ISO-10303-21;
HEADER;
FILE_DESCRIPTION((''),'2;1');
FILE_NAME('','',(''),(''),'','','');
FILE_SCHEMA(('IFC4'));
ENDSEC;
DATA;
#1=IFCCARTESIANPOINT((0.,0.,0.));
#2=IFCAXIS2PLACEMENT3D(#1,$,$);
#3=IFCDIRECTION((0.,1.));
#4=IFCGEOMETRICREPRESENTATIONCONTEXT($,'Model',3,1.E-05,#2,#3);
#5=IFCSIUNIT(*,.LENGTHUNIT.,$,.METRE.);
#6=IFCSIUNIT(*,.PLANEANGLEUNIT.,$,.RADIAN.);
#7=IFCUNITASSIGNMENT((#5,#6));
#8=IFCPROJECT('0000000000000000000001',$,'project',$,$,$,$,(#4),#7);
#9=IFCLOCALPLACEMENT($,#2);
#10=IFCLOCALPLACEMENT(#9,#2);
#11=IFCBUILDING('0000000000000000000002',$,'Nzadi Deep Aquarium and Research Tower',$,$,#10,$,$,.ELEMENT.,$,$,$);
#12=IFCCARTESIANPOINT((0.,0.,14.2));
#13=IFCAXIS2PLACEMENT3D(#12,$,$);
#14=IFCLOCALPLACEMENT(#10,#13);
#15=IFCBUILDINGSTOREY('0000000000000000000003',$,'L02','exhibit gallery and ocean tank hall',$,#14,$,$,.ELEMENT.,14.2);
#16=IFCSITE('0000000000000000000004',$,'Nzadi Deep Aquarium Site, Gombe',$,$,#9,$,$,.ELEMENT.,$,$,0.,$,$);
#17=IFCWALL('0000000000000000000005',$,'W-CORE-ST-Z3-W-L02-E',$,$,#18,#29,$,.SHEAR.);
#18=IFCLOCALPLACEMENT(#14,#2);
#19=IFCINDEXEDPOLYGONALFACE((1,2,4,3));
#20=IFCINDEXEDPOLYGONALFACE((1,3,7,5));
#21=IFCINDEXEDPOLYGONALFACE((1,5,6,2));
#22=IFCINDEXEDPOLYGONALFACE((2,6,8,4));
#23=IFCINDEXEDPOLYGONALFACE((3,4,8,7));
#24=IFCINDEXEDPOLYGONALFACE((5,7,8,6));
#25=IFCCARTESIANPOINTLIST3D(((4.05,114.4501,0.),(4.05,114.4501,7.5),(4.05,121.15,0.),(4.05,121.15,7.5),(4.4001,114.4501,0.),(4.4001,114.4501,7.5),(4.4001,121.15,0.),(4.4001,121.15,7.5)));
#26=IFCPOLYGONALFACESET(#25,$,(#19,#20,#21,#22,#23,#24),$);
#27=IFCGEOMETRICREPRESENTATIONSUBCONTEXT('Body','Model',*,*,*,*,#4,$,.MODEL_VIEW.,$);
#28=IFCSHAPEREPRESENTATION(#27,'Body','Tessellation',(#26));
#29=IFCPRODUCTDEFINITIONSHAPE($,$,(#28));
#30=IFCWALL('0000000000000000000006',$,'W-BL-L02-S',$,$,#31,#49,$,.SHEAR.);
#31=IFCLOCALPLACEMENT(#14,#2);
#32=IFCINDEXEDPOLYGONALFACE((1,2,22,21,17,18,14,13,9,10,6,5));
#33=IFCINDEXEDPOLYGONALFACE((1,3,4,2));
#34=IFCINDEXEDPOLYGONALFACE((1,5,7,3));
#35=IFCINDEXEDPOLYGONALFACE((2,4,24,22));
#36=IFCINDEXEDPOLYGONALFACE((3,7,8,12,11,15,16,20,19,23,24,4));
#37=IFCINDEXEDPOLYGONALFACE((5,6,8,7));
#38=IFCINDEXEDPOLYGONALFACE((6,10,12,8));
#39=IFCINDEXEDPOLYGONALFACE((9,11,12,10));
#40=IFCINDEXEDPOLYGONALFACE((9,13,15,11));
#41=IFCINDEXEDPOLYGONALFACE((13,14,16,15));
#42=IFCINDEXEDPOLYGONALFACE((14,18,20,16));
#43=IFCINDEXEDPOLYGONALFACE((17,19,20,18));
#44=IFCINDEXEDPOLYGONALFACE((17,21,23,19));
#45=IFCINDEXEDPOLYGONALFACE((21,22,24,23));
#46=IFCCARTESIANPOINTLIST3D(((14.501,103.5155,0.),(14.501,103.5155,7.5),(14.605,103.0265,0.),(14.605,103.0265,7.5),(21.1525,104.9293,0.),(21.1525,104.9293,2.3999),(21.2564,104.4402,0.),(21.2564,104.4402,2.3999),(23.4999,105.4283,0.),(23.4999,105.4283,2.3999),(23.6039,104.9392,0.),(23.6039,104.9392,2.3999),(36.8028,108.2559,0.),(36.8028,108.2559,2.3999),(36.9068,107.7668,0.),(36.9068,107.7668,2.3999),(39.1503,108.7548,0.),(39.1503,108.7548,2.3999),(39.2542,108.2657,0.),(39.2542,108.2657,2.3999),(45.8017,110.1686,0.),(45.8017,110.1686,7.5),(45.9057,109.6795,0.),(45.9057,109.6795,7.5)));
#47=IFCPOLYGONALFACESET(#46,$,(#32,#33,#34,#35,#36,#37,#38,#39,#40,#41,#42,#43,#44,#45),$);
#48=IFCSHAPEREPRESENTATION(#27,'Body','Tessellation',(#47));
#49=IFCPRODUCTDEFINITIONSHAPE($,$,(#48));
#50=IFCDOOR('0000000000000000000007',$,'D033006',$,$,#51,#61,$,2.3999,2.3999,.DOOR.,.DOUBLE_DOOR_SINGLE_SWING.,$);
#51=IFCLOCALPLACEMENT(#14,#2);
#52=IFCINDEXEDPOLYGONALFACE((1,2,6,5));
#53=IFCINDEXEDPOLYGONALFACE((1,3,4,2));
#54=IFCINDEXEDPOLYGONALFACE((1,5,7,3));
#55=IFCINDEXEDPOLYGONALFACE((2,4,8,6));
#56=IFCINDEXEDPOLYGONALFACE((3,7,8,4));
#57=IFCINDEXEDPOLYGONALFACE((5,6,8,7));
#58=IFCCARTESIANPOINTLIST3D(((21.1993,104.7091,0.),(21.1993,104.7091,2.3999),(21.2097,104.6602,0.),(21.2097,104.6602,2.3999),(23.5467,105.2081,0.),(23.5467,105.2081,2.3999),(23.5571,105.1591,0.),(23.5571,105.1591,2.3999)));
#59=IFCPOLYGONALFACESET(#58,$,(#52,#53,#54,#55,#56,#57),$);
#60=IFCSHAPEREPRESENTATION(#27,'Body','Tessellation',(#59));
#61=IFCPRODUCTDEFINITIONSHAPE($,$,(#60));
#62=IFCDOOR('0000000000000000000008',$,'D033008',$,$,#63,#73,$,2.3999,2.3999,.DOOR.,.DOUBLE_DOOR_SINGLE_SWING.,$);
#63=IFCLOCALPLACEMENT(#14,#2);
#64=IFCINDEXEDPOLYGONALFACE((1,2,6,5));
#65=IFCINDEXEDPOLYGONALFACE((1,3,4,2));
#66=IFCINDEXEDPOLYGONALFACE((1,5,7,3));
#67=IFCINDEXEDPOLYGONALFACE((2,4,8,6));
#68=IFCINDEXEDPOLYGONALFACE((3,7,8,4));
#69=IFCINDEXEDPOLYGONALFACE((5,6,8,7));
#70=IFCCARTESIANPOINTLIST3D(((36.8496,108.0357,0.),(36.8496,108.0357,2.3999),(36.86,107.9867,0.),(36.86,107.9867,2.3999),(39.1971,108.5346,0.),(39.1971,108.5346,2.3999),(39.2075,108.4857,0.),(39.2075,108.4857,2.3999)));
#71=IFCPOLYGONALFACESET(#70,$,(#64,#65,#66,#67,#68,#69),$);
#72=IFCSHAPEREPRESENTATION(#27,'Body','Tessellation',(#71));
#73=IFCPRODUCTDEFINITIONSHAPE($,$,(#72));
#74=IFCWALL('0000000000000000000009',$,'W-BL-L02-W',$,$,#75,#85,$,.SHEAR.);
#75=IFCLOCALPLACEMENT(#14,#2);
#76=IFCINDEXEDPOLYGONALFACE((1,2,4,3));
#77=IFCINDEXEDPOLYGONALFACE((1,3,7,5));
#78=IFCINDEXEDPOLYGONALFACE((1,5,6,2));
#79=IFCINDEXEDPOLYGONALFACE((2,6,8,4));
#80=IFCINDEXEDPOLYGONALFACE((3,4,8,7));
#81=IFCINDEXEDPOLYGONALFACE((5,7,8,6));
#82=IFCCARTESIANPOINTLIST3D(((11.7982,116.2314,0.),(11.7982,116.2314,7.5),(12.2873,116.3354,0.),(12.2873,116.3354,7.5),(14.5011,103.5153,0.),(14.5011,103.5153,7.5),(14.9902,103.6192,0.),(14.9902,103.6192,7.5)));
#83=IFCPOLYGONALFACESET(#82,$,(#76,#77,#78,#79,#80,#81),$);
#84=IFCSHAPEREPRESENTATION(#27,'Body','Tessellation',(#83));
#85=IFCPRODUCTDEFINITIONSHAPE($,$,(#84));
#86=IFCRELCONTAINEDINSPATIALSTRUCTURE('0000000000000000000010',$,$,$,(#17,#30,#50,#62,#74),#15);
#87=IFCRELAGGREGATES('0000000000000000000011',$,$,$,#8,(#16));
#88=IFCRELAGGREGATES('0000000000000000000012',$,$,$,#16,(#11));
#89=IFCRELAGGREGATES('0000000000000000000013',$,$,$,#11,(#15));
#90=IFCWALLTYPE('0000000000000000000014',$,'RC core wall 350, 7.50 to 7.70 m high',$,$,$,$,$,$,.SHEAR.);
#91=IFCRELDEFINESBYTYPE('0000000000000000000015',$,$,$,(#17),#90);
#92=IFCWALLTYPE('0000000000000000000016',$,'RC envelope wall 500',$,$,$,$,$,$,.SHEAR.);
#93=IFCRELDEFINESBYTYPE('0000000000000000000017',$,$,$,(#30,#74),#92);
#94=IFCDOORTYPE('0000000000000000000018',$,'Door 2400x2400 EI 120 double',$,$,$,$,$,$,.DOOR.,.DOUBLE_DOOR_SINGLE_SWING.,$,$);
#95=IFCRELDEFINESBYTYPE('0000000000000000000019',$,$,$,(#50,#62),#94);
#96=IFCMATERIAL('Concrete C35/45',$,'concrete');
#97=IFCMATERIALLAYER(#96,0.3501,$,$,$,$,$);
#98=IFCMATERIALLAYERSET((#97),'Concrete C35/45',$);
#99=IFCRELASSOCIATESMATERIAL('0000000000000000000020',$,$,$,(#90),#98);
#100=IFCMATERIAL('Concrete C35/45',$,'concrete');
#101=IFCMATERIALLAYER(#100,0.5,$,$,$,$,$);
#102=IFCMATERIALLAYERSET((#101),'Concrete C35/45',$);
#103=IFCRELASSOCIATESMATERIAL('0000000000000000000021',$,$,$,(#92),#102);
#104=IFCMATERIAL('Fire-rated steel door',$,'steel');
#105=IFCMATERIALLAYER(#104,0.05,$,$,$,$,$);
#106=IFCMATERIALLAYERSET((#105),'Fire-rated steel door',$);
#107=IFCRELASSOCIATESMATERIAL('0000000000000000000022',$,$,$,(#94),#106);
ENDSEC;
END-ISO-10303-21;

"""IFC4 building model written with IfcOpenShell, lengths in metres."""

from ifc_helpers import new_model, si_unit, direction, frame, frame_2d, origin, place, context, subcontext, project, spatial, rectangle, extrude, material, layer, layer_set, type_object, element, fill, save


model = new_model("IFC4")

# Units and contexts
model_context = context("Model", 3, precision=1e-05, world=origin(), true_north=direction((0.0, 1.0)))
body_context = subcontext(model_context, "Body", "Model", "MODEL_VIEW")
ifc_project = project(units=[si_unit("LENGTHUNIT", "METRE"), si_unit("PLANEANGLEUNIT", "RADIAN")], contexts=[model_context])

# Site, building, storey
site_placement = place(None, origin())
site = spatial("IfcSite", under=ifc_project, at=site_placement, Name="Nzadi Deep Aquarium Site, Gombe", CompositionType="ELEMENT", RefElevation=0.0)
building_placement = place(site_placement, origin())
building = spatial("IfcBuilding", under=site, at=building_placement, Name="Nzadi Deep Aquarium and Research Tower", CompositionType="ELEMENT")
storey_placement = place(building_placement, frame((0.0, 0.0, 14.2)))
storey = spatial("IfcBuildingStorey", under=building, at=storey_placement, Name="L02", Description="exhibit gallery and ocean tank hall", CompositionType="ELEMENT", Elevation=14.2)

# Shared definitions
ifc_material_1 = material(Name="Concrete C35/45", Category="concrete")
ifc_layer_1 = layer(ifc_material_1, 0.3501)
ifc_layer_set_1 = layer_set([ifc_layer_1], Name="Concrete C35/45")
wall_type_1 = type_object("IfcWallType", Name="RC core wall 350, 7.50 to 7.70 m high", PredefinedType="SHEAR", material=ifc_layer_set_1)

# Wall
for number, where, z_axis, x_axis, name in (
    (1, (4.2251, 114.45, 0.0), (0.0, 0.0, 1.0), (0.0, 1.0, 0.0), "W-CORE-ST-Z3-W-L02-E"),
):
    element("IfcWall", number, at=place(storey_placement, frame(where, z_axis=z_axis, x_axis=x_axis)), inside=storey, type_object=wall_type_1, Name=name, PredefinedType="SHEAR", context=body_context, shape_type="SweptSolid", body=[
        extrude(rectangle(XDim=6.7, YDim=0.3501, at=frame_2d((3.3501, 0.0))), origin(), (0.0, 0.0, 1.0), 7.5),
    ])

# Wall, openings, doors
ifc_material_2 = material(Name="Concrete C35/45", Category="concrete")
ifc_layer_2 = layer(ifc_material_2, 0.5)
ifc_layer_set_2 = layer_set([ifc_layer_2], Name="Concrete C35/45")
wall_type_2 = type_object("IfcWallType", Name="RC envelope wall 500", PredefinedType="SHEAR", material=ifc_layer_set_2)
wall_1_placement = place(storey_placement, frame((14.553, 103.271, 0.0), z_axis=(0.0, 0.0, 1.0), x_axis=(0.978148, 0.207908, 0.0)))
wall_1 = element("IfcWall", 2, at=wall_1_placement, inside=storey, type_object=wall_type_2, Name="W-BL-L02-S", PredefinedType="SHEAR", context=body_context, shape_type="SweptSolid", body=[
    extrude(rectangle(XDim=32.0, YDim=0.5, at=frame_2d((16.0, 0.0))), origin(), (0.0, 0.0, 1.0), 7.5),
])
opening_1_placement = place(wall_1_placement, frame((6.8, 0.0, 0.0)))
opening_1 = element("IfcOpeningElement", 3, at=opening_1_placement, cuts=wall_1, PredefinedType="OPENING", context=body_context, shape_type="SweptSolid", body=[
    extrude(rectangle(XDim=2.3999, YDim=2.3999, at=frame_2d((1.2, 1.2))), frame((0.0, 0.26, 0.0), z_axis=(0.0, -1.0, 0.0), x_axis=(1.0, 0.0, 0.0)), (0.0, 0.0, 1.0), 0.52),
])
opening_2_placement = place(wall_1_placement, frame((22.8, 0.0, 0.0)))
opening_2 = element("IfcOpeningElement", 4, at=opening_2_placement, cuts=wall_1, PredefinedType="OPENING", context=body_context, shape_type="SweptSolid", body=[
    extrude(rectangle(XDim=2.3999, YDim=2.3999, at=frame_2d((1.2, 1.2))), frame((0.0, 0.26, 0.0), z_axis=(0.0, -1.0, 0.0), x_axis=(1.0, 0.0, 0.0)), (0.0, 0.0, 1.0), 0.52),
])
ifc_material_3 = material(Name="Fire-rated steel door", Category="steel")
ifc_layer_3 = layer(ifc_material_3, 0.05)
ifc_layer_set_3 = layer_set([ifc_layer_3], Name="Fire-rated steel door")
door_type_1 = type_object("IfcDoorType", Name="Door 2400x2400 EI 120 double", OperationType="DOUBLE_DOOR_SINGLE_SWING", PredefinedType="DOOR", material=ifc_layer_set_3)
door_1_placement = place(opening_1_placement, origin())
door_1 = element("IfcDoor", 5, at=door_1_placement, inside=storey, type_object=door_type_1, Name="D033006", OperationType="DOUBLE_DOOR_SINGLE_SWING", OverallHeight=2.3999, OverallWidth=2.3999, PredefinedType="DOOR", context=body_context, shape_type="SweptSolid", body=[
    extrude(rectangle(XDim=2.3999, YDim=2.3999, at=frame_2d((1.2, 1.2))), frame((0.0, 0.0249, 0.0), z_axis=(0.0, -1.0, 0.0), x_axis=(1.0, 0.0, 0.0)), (0.0, 0.0, 1.0), 0.05),
])
fill(opening_1, door_1)
door_2_placement = place(opening_2_placement, origin())
door_2 = element("IfcDoor", 6, at=door_2_placement, inside=storey, type_object=door_type_1, Name="D033008", OperationType="DOUBLE_DOOR_SINGLE_SWING", OverallHeight=2.3999, OverallWidth=2.3999, PredefinedType="DOOR", context=body_context, shape_type="SweptSolid", body=[
    extrude(rectangle(XDim=2.3999, YDim=2.3999, at=frame_2d((1.2, 1.2))), frame((0.0, 0.0249, 0.0), z_axis=(0.0, -1.0, 0.0), x_axis=(1.0, 0.0, 0.0)), (0.0, 0.0, 1.0), 0.05),
])
fill(opening_2, door_2)

# Wall
wall_2_placement = place(storey_placement, frame((14.7456, 103.5674, 0.0), z_axis=(0.0, 0.0, 1.0), x_axis=(-0.207912, 0.978148, 0.0)))
element("IfcWall", 7, at=wall_2_placement, inside=storey, type_object=wall_type_2, Name="W-BL-L02-W", PredefinedType="SHEAR", context=body_context, shape_type="SweptSolid", body=[
    extrude(rectangle(XDim=13.0002, YDim=0.5, at=frame_2d((6.5, 0.0))), origin(), (0.0, 0.0, 1.0), 7.5),
])

save(model, "model.ifc")
